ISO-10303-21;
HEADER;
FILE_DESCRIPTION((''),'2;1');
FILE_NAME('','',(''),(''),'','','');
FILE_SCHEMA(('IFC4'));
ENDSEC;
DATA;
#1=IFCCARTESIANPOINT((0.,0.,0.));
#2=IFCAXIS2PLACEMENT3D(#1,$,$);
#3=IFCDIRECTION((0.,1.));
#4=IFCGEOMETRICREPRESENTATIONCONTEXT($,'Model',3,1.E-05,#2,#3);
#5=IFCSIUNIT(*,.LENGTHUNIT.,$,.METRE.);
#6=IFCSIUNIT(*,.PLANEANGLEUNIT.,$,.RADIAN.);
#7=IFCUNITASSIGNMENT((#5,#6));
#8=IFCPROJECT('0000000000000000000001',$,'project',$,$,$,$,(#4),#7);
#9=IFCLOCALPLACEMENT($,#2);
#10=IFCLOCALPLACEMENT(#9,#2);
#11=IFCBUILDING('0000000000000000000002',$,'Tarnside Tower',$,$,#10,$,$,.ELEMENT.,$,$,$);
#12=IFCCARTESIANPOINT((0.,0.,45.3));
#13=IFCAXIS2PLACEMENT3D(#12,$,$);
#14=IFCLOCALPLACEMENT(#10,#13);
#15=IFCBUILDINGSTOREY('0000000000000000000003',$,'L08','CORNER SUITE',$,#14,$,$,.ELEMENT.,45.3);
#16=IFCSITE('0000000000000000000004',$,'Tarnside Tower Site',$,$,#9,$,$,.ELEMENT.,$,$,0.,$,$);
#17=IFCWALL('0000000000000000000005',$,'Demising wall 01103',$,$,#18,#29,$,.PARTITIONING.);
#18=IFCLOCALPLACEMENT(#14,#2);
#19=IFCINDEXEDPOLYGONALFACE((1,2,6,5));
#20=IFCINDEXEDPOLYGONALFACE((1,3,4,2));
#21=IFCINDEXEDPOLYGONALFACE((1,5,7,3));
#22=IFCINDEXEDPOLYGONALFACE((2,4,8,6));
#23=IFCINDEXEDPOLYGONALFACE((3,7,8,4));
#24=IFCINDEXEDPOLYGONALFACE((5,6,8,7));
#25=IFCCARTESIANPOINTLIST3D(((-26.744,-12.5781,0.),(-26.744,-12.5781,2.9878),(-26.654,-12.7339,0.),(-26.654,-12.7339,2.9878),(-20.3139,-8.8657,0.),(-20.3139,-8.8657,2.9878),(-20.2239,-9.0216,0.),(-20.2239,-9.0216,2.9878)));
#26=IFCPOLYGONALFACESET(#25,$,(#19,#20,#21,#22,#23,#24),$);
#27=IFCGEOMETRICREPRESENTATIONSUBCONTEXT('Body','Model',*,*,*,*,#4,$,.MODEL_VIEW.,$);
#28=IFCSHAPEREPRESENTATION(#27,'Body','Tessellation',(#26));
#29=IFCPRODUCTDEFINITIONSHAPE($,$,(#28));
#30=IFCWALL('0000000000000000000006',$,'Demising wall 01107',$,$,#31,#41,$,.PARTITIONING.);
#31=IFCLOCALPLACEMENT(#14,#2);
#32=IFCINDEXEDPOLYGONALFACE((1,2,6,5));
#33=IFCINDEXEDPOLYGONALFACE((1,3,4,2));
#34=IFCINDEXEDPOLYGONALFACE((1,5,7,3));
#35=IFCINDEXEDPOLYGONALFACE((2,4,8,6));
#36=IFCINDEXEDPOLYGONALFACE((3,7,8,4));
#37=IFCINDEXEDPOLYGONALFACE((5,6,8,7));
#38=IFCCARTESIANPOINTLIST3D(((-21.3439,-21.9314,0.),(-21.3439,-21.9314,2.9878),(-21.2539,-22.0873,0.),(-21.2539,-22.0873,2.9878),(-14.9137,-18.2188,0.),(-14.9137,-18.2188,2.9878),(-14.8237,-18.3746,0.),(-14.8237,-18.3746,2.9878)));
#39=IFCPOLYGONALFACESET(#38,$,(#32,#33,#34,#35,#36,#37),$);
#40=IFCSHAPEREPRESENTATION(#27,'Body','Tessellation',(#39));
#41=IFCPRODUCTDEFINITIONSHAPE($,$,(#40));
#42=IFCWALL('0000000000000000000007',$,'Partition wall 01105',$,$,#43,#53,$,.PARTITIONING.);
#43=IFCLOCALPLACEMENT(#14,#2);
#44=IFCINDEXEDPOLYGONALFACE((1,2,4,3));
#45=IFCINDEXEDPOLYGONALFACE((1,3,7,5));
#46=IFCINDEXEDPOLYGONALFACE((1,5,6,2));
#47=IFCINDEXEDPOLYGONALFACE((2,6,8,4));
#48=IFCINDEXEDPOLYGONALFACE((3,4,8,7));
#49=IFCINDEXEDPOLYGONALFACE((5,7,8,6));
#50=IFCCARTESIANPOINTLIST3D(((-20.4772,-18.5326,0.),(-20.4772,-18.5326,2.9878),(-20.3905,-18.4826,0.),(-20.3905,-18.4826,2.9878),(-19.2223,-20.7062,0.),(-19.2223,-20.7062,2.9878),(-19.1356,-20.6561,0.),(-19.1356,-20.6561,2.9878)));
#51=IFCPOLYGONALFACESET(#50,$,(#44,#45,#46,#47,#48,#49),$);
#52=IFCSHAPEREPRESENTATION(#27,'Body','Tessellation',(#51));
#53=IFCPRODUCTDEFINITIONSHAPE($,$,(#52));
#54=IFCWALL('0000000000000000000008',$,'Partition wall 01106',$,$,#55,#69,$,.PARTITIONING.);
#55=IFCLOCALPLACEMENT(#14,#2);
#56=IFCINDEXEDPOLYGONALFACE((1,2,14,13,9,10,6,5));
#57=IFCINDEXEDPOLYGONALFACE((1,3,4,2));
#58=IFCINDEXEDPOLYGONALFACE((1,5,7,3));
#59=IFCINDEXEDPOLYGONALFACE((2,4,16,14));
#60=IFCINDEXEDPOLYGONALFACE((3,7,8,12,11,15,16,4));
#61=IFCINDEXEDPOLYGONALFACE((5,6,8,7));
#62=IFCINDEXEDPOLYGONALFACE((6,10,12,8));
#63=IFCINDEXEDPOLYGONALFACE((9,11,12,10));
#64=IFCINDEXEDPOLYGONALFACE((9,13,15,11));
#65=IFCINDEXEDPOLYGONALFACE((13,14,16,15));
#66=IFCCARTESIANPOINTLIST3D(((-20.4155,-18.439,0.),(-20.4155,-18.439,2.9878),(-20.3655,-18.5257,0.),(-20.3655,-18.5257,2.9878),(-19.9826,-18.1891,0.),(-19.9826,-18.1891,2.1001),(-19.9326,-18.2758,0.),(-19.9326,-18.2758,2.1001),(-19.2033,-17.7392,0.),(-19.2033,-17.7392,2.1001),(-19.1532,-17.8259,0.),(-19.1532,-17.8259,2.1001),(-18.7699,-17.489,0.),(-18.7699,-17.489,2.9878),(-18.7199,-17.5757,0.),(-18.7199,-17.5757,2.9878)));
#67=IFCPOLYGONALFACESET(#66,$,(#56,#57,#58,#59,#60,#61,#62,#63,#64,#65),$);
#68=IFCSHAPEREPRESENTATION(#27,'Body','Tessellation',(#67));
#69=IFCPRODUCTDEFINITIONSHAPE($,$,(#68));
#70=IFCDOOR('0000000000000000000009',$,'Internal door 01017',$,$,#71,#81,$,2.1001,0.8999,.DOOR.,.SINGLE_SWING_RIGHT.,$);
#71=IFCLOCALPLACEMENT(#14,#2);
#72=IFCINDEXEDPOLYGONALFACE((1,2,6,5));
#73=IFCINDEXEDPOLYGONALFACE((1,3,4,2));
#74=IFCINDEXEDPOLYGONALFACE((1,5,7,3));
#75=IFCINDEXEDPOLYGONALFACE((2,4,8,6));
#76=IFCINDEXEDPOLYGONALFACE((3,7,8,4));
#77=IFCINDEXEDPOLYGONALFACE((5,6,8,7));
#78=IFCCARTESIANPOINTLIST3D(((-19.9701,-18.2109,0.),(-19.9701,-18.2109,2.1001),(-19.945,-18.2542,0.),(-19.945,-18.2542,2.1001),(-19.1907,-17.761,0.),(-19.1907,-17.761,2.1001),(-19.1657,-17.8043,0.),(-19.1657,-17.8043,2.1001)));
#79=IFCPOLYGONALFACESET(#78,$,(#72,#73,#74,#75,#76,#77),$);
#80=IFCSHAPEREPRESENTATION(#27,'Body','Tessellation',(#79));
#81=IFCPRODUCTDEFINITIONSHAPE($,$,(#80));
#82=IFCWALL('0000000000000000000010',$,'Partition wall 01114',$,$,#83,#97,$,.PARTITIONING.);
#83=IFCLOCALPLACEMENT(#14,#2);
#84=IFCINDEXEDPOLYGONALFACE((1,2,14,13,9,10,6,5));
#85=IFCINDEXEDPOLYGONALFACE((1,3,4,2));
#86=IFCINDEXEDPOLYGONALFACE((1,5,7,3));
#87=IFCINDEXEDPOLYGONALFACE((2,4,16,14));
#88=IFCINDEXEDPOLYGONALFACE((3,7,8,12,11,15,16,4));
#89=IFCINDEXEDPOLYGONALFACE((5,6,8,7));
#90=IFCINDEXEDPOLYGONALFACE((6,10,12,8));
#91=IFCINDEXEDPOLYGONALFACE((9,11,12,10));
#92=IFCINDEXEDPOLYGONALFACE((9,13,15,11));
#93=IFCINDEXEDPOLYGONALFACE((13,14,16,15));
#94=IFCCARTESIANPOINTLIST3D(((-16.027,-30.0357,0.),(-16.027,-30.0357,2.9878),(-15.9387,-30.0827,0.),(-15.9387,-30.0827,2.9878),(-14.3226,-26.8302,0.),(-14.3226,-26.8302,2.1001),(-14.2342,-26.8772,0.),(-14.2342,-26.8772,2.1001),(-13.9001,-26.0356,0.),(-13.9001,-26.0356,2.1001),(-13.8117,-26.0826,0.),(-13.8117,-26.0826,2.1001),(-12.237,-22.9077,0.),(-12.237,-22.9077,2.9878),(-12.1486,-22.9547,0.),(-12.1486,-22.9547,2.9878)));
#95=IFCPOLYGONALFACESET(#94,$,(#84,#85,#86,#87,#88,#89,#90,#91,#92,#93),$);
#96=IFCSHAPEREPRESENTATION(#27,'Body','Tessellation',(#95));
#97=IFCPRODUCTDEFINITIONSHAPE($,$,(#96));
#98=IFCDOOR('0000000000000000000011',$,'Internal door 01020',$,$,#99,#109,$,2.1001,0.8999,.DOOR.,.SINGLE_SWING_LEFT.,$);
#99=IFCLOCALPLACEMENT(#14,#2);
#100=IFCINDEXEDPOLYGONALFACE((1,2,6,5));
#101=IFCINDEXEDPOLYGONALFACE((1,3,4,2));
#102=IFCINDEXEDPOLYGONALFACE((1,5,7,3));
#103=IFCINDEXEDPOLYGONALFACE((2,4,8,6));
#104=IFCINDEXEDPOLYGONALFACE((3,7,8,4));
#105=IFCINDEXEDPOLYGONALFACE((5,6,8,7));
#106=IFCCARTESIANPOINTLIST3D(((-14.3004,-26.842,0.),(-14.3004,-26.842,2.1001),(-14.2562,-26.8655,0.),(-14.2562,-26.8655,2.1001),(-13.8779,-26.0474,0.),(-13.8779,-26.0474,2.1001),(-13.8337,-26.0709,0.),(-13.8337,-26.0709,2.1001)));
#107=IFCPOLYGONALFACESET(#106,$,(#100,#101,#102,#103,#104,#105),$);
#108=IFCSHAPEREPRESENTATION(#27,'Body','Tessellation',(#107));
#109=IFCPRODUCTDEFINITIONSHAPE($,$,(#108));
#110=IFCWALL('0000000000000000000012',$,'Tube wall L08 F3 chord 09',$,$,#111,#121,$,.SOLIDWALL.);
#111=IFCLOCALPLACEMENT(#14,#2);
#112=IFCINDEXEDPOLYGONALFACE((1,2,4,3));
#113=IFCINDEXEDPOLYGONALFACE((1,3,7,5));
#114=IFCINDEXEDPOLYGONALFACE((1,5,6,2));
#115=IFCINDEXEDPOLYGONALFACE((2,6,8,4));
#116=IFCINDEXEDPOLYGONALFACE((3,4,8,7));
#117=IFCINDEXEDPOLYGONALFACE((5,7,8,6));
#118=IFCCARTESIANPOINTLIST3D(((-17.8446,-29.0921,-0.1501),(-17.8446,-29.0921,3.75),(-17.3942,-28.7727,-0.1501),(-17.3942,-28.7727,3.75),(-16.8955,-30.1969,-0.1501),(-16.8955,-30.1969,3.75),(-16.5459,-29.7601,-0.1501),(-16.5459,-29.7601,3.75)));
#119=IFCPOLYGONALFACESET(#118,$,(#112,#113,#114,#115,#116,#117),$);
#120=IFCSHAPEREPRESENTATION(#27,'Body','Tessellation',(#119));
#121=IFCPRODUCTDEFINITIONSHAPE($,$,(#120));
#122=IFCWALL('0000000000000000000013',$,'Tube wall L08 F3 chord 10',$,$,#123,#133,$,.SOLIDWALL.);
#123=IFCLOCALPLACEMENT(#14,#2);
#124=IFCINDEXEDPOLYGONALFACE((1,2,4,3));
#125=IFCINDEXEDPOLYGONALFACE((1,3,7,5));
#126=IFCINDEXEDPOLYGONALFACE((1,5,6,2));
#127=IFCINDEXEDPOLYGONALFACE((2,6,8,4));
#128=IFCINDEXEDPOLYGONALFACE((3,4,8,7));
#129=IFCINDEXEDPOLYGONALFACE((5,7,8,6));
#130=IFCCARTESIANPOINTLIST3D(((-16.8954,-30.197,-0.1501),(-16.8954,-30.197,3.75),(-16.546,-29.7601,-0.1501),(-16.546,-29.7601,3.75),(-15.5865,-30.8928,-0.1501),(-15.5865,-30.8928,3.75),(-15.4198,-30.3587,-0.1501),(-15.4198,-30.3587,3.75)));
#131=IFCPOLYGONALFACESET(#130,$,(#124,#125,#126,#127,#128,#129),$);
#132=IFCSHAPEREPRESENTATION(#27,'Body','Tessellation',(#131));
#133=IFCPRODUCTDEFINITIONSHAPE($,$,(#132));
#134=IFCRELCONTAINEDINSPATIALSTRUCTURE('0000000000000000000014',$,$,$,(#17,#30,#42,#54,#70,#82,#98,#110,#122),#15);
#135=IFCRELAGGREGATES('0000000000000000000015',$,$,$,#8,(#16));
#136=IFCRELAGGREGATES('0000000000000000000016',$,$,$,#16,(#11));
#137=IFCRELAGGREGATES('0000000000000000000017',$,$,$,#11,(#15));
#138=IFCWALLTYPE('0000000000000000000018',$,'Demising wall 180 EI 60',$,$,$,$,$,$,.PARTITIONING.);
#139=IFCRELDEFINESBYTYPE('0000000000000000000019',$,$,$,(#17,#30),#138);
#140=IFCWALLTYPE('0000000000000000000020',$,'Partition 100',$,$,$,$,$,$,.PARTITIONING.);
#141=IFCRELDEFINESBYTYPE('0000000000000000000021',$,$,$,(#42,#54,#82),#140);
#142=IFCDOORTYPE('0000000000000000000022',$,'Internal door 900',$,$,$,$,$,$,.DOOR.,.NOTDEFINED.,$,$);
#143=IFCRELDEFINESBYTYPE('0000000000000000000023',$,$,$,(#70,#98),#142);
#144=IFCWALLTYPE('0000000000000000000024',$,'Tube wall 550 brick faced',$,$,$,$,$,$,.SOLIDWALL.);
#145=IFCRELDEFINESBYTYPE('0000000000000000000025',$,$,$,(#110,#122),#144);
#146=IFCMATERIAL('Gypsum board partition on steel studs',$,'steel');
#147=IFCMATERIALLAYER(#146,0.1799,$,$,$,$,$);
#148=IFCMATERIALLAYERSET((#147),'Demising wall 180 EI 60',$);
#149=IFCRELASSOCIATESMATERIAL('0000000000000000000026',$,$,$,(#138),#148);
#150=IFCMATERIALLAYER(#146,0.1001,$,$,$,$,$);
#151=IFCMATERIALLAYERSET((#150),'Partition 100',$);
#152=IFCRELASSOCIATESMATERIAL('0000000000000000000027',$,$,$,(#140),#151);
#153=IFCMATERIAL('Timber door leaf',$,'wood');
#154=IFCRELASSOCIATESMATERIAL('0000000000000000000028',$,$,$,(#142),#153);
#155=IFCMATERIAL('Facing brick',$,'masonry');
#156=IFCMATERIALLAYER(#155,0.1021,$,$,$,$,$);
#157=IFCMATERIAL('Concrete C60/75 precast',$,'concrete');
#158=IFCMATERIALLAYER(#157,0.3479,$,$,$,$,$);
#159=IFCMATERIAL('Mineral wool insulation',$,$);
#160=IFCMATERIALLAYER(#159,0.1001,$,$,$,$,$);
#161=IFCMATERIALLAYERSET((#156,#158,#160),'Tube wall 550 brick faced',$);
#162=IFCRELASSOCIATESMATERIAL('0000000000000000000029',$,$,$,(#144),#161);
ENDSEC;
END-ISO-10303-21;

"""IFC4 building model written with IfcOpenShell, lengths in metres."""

from ifc_helpers import new_model, si_unit, direction, frame, frame_2d, origin, place, context, subcontext, project, spatial, polyline, rectangle, outline, extrude, material, layer, layer_set, type_object, element, fill, save


model = new_model("IFC4")

# Units and contexts
model_context = context("Model", 3, precision=1e-05, world=origin(), true_north=direction((0.0, 1.0)))
body_context = subcontext(model_context, "Body", "Model", "MODEL_VIEW")
ifc_project = project(units=[si_unit("LENGTHUNIT", "METRE"), si_unit("PLANEANGLEUNIT", "RADIAN")], contexts=[model_context])

# Site, building, storey
site_placement = place(None, origin())
site = spatial("IfcSite", under=ifc_project, at=site_placement, Name="Tarnside Tower Site", CompositionType="ELEMENT", RefElevation=0.0)
building_placement = place(site_placement, origin())
building = spatial("IfcBuilding", under=site, at=building_placement, Name="Tarnside Tower", CompositionType="ELEMENT")
storey_placement = place(building_placement, frame((0.0, 0.0, 45.3)))
storey = spatial("IfcBuildingStorey", under=building, at=storey_placement, Name="L08", Description="CORNER SUITE", CompositionType="ELEMENT", Elevation=45.3)

# Shared definitions
ifc_material_1 = material(Name="Gypsum board partition on steel studs", Category="steel")
ifc_material_2 = material(Name="Timber door leaf", Category="wood")

# Walls
ifc_layer_1 = layer(ifc_material_1, 0.1799)
ifc_layer_set_1 = layer_set([ifc_layer_1], Name="Demising wall 180 EI 60")
wall_type_1 = type_object("IfcWallType", Name="Demising wall 180 EI 60", PredefinedType="PARTITIONING", material=ifc_layer_set_1)
wall_1_placement = place(storey_placement, frame((-26.699, -12.656, 0.0), z_axis=(0.0, 0.0, 1.0), x_axis=(0.866029, 0.499994, 0.0)))
element("IfcWall", 1, at=wall_1_placement, inside=storey, type_object=wall_type_1, Name="Demising wall 01103", PredefinedType="PARTITIONING", context=body_context, shape_type="SweptSolid", body=[
    extrude(rectangle(XDim=7.4248, YDim=0.1799, at=frame_2d((3.7124, 0.0))), origin(), (0.0, 0.0, 1.0), 2.9878),
])
wall_2_placement = place(storey_placement, frame((-21.2988, -22.0093, 0.0), z_axis=(0.0, 0.0, 1.0), x_axis=(0.866015, 0.500018, 0.0)))
element("IfcWall", 2, at=wall_2_placement, inside=storey, type_object=wall_type_1, Name="Demising wall 01107", PredefinedType="PARTITIONING", context=body_context, shape_type="SweptSolid", body=[
    extrude(rectangle(XDim=7.425, YDim=0.1799, at=frame_2d((3.7124, 0.0))), origin(), (0.0, 0.0, 1.0), 2.9878),
])
ifc_layer_2 = layer(ifc_material_1, 0.1001)
ifc_layer_set_2 = layer_set([ifc_layer_2], Name="Partition 100")
wall_type_2 = type_object("IfcWallType", Name="Partition 100", PredefinedType="PARTITIONING", material=ifc_layer_set_2)
wall_3_placement = place(storey_placement, frame((-19.179, -20.6812, 0.0), z_axis=(0.0, 0.0, 1.0), x_axis=(-0.499989, 0.866032, 0.0)))
element("IfcWall", 3, at=wall_3_placement, inside=storey, type_object=wall_type_2, Name="Partition wall 01105", PredefinedType="PARTITIONING", context=body_context, shape_type="SweptSolid", body=[
    extrude(rectangle(XDim=2.5098, YDim=0.1001, at=frame_2d((1.2549, 0.0))), origin(), (0.0, 0.0, 1.0), 2.9878),
])

# Walls, openings, doors
wall_4_placement = place(storey_placement, frame((-20.3906, -18.4824, 0.0), z_axis=(0.0, 0.0, 1.0), x_axis=(0.866044, 0.499967, 0.0)))
wall_4 = element("IfcWall", 4, at=wall_4_placement, inside=storey, type_object=wall_type_2, Name="Partition wall 01106", PredefinedType="PARTITIONING", context=body_context, shape_type="SweptSolid", body=[
    extrude(rectangle(XDim=1.9001, YDim=0.1001, at=frame_2d((0.9502, 0.0))), origin(), (0.0, 0.0, 1.0), 2.9878),
])
opening_1_placement = place(wall_4_placement, frame((0.5, 0.0, 0.0)))
opening_1 = element("IfcOpeningElement", 5, at=opening_1_placement, cuts=wall_4, PredefinedType="OPENING", context=body_context, shape_type="SweptSolid", body=[
    extrude(rectangle(XDim=0.8999, YDim=2.1001, at=frame_2d((0.45, 1.05))), frame((0.0, 0.0601, 0.0), z_axis=(0.0, -1.0, 0.0), x_axis=(1.0, 0.0, 0.0)), (0.0, 0.0, 1.0), 0.1201),
])
door_type_1 = type_object("IfcDoorType", Name="Internal door 900", OperationType="NOTDEFINED", PredefinedType="DOOR", material=ifc_material_2)
door_1_placement = place(opening_1_placement, origin())
door_1 = element("IfcDoor", 6, at=door_1_placement, inside=storey, type_object=door_type_1, Name="Internal door 01017", OperationType="SINGLE_SWING_RIGHT", OverallHeight=2.1001, OverallWidth=0.8999, PredefinedType="DOOR", context=body_context, shape_type="SweptSolid", body=[
    extrude(rectangle(XDim=0.8999, YDim=2.1001, at=frame_2d((0.45, 1.05))), frame((0.0, 0.0249, 0.0), z_axis=(0.0, -1.0, 0.0), x_axis=(1.0, 0.0, 0.0)), (0.0, 0.0, 1.0), 0.05),
])
fill(opening_1, door_1)
wall_5_placement = place(storey_placement, frame((-15.9829, -30.0593, 0.0), z_axis=(0.0, 0.0, 1.0), x_axis=(0.469477, 0.882945, 0.0)))
wall_5 = element("IfcWall", 7, at=wall_5_placement, inside=storey, type_object=wall_type_2, Name="Partition wall 01114", PredefinedType="PARTITIONING", context=body_context, shape_type="SweptSolid", body=[
    extrude(rectangle(XDim=8.073, YDim=0.1001, at=frame_2d((4.0366, 0.0))), origin(), (0.0, 0.0, 1.0), 2.9878),
])
opening_2_placement = place(wall_5_placement, frame((3.6306, 0.0, 0.0)))
opening_2 = element("IfcOpeningElement", 8, at=opening_2_placement, cuts=wall_5, PredefinedType="OPENING", context=body_context, shape_type="SweptSolid", body=[
    extrude(rectangle(XDim=0.8999, YDim=2.1001, at=frame_2d((0.45, 1.05))), frame((0.0, 0.0601, 0.0), z_axis=(0.0, -1.0, 0.0), x_axis=(1.0, 0.0, 0.0)), (0.0, 0.0, 1.0), 0.1201),
])
door_2_placement = place(opening_2_placement, origin())
door_2 = element("IfcDoor", 9, at=door_2_placement, inside=storey, type_object=door_type_1, Name="Internal door 01020", OperationType="SINGLE_SWING_LEFT", OverallHeight=2.1001, OverallWidth=0.8999, PredefinedType="DOOR", context=body_context, shape_type="SweptSolid", body=[
    extrude(rectangle(XDim=0.8999, YDim=2.1001, at=frame_2d((0.45, 1.05))), frame((0.0, 0.0249, 0.0), z_axis=(0.0, -1.0, 0.0), x_axis=(1.0, 0.0, 0.0)), (0.0, 0.0, 1.0), 0.05),
])
fill(opening_2, door_2)

# Walls
ifc_material_3 = material(Name="Facing brick", Category="masonry")
ifc_layer_3 = layer(ifc_material_3, 0.1021)
ifc_material_4 = material(Name="Concrete C60/75 precast", Category="concrete")
ifc_layer_4 = layer(ifc_material_4, 0.3479)
ifc_material_5 = material(Name="Mineral wool insulation")
ifc_layer_5 = layer(ifc_material_5, 0.1001)
ifc_layer_set_3 = layer_set([ifc_layer_3, ifc_layer_4, ifc_layer_5], Name="Tube wall 550 brick faced")
wall_type_3 = type_object("IfcWallType", Name="Tube wall 550 brick faced", PredefinedType="SOLIDWALL", material=ifc_layer_set_3)
wall_6_placement = place(storey_placement, frame((-17.6194, -28.9324, -0.1501), z_axis=(0.0, 0.0, 1.0), x_axis=(0.651622, -0.758544, 0.0)))
element("IfcWall", 10, at=wall_6_placement, inside=storey, type_object=wall_type_3, Name="Tube wall L08 F3 chord 09", PredefinedType="SOLIDWALL", context=body_context, shape_type="SweptSolid", body=[
    extrude(outline(polyline([(-0.0256, -0.2749), (1.4309, -0.2749), (1.3274, 0.2749), (0.0256, 0.2749), (-0.0256, -0.2749)])), origin(), (0.0, 0.0, 1.0), 3.9001),
])
wall_7_placement = place(storey_placement, frame((-16.7207, -29.9785, -0.1501), z_axis=(0.0, 0.0, 1.0), x_axis=(0.882994, -0.469384, 0.0)))
element("IfcWall", 11, at=wall_7_placement, inside=storey, type_object=wall_type_3, Name="Tube wall L08 F3 chord 10", PredefinedType="SOLIDWALL", context=body_context, shape_type="SweptSolid", body=[
    extrude(outline(polyline([(-0.0518, -0.2749), (1.4307, -0.2749), (1.3271, 0.2749), (0.0518, 0.2749), (-0.0518, -0.2749)])), origin(), (0.0, 0.0, 1.0), 3.9001),
])

save(model, "model.ifc")
